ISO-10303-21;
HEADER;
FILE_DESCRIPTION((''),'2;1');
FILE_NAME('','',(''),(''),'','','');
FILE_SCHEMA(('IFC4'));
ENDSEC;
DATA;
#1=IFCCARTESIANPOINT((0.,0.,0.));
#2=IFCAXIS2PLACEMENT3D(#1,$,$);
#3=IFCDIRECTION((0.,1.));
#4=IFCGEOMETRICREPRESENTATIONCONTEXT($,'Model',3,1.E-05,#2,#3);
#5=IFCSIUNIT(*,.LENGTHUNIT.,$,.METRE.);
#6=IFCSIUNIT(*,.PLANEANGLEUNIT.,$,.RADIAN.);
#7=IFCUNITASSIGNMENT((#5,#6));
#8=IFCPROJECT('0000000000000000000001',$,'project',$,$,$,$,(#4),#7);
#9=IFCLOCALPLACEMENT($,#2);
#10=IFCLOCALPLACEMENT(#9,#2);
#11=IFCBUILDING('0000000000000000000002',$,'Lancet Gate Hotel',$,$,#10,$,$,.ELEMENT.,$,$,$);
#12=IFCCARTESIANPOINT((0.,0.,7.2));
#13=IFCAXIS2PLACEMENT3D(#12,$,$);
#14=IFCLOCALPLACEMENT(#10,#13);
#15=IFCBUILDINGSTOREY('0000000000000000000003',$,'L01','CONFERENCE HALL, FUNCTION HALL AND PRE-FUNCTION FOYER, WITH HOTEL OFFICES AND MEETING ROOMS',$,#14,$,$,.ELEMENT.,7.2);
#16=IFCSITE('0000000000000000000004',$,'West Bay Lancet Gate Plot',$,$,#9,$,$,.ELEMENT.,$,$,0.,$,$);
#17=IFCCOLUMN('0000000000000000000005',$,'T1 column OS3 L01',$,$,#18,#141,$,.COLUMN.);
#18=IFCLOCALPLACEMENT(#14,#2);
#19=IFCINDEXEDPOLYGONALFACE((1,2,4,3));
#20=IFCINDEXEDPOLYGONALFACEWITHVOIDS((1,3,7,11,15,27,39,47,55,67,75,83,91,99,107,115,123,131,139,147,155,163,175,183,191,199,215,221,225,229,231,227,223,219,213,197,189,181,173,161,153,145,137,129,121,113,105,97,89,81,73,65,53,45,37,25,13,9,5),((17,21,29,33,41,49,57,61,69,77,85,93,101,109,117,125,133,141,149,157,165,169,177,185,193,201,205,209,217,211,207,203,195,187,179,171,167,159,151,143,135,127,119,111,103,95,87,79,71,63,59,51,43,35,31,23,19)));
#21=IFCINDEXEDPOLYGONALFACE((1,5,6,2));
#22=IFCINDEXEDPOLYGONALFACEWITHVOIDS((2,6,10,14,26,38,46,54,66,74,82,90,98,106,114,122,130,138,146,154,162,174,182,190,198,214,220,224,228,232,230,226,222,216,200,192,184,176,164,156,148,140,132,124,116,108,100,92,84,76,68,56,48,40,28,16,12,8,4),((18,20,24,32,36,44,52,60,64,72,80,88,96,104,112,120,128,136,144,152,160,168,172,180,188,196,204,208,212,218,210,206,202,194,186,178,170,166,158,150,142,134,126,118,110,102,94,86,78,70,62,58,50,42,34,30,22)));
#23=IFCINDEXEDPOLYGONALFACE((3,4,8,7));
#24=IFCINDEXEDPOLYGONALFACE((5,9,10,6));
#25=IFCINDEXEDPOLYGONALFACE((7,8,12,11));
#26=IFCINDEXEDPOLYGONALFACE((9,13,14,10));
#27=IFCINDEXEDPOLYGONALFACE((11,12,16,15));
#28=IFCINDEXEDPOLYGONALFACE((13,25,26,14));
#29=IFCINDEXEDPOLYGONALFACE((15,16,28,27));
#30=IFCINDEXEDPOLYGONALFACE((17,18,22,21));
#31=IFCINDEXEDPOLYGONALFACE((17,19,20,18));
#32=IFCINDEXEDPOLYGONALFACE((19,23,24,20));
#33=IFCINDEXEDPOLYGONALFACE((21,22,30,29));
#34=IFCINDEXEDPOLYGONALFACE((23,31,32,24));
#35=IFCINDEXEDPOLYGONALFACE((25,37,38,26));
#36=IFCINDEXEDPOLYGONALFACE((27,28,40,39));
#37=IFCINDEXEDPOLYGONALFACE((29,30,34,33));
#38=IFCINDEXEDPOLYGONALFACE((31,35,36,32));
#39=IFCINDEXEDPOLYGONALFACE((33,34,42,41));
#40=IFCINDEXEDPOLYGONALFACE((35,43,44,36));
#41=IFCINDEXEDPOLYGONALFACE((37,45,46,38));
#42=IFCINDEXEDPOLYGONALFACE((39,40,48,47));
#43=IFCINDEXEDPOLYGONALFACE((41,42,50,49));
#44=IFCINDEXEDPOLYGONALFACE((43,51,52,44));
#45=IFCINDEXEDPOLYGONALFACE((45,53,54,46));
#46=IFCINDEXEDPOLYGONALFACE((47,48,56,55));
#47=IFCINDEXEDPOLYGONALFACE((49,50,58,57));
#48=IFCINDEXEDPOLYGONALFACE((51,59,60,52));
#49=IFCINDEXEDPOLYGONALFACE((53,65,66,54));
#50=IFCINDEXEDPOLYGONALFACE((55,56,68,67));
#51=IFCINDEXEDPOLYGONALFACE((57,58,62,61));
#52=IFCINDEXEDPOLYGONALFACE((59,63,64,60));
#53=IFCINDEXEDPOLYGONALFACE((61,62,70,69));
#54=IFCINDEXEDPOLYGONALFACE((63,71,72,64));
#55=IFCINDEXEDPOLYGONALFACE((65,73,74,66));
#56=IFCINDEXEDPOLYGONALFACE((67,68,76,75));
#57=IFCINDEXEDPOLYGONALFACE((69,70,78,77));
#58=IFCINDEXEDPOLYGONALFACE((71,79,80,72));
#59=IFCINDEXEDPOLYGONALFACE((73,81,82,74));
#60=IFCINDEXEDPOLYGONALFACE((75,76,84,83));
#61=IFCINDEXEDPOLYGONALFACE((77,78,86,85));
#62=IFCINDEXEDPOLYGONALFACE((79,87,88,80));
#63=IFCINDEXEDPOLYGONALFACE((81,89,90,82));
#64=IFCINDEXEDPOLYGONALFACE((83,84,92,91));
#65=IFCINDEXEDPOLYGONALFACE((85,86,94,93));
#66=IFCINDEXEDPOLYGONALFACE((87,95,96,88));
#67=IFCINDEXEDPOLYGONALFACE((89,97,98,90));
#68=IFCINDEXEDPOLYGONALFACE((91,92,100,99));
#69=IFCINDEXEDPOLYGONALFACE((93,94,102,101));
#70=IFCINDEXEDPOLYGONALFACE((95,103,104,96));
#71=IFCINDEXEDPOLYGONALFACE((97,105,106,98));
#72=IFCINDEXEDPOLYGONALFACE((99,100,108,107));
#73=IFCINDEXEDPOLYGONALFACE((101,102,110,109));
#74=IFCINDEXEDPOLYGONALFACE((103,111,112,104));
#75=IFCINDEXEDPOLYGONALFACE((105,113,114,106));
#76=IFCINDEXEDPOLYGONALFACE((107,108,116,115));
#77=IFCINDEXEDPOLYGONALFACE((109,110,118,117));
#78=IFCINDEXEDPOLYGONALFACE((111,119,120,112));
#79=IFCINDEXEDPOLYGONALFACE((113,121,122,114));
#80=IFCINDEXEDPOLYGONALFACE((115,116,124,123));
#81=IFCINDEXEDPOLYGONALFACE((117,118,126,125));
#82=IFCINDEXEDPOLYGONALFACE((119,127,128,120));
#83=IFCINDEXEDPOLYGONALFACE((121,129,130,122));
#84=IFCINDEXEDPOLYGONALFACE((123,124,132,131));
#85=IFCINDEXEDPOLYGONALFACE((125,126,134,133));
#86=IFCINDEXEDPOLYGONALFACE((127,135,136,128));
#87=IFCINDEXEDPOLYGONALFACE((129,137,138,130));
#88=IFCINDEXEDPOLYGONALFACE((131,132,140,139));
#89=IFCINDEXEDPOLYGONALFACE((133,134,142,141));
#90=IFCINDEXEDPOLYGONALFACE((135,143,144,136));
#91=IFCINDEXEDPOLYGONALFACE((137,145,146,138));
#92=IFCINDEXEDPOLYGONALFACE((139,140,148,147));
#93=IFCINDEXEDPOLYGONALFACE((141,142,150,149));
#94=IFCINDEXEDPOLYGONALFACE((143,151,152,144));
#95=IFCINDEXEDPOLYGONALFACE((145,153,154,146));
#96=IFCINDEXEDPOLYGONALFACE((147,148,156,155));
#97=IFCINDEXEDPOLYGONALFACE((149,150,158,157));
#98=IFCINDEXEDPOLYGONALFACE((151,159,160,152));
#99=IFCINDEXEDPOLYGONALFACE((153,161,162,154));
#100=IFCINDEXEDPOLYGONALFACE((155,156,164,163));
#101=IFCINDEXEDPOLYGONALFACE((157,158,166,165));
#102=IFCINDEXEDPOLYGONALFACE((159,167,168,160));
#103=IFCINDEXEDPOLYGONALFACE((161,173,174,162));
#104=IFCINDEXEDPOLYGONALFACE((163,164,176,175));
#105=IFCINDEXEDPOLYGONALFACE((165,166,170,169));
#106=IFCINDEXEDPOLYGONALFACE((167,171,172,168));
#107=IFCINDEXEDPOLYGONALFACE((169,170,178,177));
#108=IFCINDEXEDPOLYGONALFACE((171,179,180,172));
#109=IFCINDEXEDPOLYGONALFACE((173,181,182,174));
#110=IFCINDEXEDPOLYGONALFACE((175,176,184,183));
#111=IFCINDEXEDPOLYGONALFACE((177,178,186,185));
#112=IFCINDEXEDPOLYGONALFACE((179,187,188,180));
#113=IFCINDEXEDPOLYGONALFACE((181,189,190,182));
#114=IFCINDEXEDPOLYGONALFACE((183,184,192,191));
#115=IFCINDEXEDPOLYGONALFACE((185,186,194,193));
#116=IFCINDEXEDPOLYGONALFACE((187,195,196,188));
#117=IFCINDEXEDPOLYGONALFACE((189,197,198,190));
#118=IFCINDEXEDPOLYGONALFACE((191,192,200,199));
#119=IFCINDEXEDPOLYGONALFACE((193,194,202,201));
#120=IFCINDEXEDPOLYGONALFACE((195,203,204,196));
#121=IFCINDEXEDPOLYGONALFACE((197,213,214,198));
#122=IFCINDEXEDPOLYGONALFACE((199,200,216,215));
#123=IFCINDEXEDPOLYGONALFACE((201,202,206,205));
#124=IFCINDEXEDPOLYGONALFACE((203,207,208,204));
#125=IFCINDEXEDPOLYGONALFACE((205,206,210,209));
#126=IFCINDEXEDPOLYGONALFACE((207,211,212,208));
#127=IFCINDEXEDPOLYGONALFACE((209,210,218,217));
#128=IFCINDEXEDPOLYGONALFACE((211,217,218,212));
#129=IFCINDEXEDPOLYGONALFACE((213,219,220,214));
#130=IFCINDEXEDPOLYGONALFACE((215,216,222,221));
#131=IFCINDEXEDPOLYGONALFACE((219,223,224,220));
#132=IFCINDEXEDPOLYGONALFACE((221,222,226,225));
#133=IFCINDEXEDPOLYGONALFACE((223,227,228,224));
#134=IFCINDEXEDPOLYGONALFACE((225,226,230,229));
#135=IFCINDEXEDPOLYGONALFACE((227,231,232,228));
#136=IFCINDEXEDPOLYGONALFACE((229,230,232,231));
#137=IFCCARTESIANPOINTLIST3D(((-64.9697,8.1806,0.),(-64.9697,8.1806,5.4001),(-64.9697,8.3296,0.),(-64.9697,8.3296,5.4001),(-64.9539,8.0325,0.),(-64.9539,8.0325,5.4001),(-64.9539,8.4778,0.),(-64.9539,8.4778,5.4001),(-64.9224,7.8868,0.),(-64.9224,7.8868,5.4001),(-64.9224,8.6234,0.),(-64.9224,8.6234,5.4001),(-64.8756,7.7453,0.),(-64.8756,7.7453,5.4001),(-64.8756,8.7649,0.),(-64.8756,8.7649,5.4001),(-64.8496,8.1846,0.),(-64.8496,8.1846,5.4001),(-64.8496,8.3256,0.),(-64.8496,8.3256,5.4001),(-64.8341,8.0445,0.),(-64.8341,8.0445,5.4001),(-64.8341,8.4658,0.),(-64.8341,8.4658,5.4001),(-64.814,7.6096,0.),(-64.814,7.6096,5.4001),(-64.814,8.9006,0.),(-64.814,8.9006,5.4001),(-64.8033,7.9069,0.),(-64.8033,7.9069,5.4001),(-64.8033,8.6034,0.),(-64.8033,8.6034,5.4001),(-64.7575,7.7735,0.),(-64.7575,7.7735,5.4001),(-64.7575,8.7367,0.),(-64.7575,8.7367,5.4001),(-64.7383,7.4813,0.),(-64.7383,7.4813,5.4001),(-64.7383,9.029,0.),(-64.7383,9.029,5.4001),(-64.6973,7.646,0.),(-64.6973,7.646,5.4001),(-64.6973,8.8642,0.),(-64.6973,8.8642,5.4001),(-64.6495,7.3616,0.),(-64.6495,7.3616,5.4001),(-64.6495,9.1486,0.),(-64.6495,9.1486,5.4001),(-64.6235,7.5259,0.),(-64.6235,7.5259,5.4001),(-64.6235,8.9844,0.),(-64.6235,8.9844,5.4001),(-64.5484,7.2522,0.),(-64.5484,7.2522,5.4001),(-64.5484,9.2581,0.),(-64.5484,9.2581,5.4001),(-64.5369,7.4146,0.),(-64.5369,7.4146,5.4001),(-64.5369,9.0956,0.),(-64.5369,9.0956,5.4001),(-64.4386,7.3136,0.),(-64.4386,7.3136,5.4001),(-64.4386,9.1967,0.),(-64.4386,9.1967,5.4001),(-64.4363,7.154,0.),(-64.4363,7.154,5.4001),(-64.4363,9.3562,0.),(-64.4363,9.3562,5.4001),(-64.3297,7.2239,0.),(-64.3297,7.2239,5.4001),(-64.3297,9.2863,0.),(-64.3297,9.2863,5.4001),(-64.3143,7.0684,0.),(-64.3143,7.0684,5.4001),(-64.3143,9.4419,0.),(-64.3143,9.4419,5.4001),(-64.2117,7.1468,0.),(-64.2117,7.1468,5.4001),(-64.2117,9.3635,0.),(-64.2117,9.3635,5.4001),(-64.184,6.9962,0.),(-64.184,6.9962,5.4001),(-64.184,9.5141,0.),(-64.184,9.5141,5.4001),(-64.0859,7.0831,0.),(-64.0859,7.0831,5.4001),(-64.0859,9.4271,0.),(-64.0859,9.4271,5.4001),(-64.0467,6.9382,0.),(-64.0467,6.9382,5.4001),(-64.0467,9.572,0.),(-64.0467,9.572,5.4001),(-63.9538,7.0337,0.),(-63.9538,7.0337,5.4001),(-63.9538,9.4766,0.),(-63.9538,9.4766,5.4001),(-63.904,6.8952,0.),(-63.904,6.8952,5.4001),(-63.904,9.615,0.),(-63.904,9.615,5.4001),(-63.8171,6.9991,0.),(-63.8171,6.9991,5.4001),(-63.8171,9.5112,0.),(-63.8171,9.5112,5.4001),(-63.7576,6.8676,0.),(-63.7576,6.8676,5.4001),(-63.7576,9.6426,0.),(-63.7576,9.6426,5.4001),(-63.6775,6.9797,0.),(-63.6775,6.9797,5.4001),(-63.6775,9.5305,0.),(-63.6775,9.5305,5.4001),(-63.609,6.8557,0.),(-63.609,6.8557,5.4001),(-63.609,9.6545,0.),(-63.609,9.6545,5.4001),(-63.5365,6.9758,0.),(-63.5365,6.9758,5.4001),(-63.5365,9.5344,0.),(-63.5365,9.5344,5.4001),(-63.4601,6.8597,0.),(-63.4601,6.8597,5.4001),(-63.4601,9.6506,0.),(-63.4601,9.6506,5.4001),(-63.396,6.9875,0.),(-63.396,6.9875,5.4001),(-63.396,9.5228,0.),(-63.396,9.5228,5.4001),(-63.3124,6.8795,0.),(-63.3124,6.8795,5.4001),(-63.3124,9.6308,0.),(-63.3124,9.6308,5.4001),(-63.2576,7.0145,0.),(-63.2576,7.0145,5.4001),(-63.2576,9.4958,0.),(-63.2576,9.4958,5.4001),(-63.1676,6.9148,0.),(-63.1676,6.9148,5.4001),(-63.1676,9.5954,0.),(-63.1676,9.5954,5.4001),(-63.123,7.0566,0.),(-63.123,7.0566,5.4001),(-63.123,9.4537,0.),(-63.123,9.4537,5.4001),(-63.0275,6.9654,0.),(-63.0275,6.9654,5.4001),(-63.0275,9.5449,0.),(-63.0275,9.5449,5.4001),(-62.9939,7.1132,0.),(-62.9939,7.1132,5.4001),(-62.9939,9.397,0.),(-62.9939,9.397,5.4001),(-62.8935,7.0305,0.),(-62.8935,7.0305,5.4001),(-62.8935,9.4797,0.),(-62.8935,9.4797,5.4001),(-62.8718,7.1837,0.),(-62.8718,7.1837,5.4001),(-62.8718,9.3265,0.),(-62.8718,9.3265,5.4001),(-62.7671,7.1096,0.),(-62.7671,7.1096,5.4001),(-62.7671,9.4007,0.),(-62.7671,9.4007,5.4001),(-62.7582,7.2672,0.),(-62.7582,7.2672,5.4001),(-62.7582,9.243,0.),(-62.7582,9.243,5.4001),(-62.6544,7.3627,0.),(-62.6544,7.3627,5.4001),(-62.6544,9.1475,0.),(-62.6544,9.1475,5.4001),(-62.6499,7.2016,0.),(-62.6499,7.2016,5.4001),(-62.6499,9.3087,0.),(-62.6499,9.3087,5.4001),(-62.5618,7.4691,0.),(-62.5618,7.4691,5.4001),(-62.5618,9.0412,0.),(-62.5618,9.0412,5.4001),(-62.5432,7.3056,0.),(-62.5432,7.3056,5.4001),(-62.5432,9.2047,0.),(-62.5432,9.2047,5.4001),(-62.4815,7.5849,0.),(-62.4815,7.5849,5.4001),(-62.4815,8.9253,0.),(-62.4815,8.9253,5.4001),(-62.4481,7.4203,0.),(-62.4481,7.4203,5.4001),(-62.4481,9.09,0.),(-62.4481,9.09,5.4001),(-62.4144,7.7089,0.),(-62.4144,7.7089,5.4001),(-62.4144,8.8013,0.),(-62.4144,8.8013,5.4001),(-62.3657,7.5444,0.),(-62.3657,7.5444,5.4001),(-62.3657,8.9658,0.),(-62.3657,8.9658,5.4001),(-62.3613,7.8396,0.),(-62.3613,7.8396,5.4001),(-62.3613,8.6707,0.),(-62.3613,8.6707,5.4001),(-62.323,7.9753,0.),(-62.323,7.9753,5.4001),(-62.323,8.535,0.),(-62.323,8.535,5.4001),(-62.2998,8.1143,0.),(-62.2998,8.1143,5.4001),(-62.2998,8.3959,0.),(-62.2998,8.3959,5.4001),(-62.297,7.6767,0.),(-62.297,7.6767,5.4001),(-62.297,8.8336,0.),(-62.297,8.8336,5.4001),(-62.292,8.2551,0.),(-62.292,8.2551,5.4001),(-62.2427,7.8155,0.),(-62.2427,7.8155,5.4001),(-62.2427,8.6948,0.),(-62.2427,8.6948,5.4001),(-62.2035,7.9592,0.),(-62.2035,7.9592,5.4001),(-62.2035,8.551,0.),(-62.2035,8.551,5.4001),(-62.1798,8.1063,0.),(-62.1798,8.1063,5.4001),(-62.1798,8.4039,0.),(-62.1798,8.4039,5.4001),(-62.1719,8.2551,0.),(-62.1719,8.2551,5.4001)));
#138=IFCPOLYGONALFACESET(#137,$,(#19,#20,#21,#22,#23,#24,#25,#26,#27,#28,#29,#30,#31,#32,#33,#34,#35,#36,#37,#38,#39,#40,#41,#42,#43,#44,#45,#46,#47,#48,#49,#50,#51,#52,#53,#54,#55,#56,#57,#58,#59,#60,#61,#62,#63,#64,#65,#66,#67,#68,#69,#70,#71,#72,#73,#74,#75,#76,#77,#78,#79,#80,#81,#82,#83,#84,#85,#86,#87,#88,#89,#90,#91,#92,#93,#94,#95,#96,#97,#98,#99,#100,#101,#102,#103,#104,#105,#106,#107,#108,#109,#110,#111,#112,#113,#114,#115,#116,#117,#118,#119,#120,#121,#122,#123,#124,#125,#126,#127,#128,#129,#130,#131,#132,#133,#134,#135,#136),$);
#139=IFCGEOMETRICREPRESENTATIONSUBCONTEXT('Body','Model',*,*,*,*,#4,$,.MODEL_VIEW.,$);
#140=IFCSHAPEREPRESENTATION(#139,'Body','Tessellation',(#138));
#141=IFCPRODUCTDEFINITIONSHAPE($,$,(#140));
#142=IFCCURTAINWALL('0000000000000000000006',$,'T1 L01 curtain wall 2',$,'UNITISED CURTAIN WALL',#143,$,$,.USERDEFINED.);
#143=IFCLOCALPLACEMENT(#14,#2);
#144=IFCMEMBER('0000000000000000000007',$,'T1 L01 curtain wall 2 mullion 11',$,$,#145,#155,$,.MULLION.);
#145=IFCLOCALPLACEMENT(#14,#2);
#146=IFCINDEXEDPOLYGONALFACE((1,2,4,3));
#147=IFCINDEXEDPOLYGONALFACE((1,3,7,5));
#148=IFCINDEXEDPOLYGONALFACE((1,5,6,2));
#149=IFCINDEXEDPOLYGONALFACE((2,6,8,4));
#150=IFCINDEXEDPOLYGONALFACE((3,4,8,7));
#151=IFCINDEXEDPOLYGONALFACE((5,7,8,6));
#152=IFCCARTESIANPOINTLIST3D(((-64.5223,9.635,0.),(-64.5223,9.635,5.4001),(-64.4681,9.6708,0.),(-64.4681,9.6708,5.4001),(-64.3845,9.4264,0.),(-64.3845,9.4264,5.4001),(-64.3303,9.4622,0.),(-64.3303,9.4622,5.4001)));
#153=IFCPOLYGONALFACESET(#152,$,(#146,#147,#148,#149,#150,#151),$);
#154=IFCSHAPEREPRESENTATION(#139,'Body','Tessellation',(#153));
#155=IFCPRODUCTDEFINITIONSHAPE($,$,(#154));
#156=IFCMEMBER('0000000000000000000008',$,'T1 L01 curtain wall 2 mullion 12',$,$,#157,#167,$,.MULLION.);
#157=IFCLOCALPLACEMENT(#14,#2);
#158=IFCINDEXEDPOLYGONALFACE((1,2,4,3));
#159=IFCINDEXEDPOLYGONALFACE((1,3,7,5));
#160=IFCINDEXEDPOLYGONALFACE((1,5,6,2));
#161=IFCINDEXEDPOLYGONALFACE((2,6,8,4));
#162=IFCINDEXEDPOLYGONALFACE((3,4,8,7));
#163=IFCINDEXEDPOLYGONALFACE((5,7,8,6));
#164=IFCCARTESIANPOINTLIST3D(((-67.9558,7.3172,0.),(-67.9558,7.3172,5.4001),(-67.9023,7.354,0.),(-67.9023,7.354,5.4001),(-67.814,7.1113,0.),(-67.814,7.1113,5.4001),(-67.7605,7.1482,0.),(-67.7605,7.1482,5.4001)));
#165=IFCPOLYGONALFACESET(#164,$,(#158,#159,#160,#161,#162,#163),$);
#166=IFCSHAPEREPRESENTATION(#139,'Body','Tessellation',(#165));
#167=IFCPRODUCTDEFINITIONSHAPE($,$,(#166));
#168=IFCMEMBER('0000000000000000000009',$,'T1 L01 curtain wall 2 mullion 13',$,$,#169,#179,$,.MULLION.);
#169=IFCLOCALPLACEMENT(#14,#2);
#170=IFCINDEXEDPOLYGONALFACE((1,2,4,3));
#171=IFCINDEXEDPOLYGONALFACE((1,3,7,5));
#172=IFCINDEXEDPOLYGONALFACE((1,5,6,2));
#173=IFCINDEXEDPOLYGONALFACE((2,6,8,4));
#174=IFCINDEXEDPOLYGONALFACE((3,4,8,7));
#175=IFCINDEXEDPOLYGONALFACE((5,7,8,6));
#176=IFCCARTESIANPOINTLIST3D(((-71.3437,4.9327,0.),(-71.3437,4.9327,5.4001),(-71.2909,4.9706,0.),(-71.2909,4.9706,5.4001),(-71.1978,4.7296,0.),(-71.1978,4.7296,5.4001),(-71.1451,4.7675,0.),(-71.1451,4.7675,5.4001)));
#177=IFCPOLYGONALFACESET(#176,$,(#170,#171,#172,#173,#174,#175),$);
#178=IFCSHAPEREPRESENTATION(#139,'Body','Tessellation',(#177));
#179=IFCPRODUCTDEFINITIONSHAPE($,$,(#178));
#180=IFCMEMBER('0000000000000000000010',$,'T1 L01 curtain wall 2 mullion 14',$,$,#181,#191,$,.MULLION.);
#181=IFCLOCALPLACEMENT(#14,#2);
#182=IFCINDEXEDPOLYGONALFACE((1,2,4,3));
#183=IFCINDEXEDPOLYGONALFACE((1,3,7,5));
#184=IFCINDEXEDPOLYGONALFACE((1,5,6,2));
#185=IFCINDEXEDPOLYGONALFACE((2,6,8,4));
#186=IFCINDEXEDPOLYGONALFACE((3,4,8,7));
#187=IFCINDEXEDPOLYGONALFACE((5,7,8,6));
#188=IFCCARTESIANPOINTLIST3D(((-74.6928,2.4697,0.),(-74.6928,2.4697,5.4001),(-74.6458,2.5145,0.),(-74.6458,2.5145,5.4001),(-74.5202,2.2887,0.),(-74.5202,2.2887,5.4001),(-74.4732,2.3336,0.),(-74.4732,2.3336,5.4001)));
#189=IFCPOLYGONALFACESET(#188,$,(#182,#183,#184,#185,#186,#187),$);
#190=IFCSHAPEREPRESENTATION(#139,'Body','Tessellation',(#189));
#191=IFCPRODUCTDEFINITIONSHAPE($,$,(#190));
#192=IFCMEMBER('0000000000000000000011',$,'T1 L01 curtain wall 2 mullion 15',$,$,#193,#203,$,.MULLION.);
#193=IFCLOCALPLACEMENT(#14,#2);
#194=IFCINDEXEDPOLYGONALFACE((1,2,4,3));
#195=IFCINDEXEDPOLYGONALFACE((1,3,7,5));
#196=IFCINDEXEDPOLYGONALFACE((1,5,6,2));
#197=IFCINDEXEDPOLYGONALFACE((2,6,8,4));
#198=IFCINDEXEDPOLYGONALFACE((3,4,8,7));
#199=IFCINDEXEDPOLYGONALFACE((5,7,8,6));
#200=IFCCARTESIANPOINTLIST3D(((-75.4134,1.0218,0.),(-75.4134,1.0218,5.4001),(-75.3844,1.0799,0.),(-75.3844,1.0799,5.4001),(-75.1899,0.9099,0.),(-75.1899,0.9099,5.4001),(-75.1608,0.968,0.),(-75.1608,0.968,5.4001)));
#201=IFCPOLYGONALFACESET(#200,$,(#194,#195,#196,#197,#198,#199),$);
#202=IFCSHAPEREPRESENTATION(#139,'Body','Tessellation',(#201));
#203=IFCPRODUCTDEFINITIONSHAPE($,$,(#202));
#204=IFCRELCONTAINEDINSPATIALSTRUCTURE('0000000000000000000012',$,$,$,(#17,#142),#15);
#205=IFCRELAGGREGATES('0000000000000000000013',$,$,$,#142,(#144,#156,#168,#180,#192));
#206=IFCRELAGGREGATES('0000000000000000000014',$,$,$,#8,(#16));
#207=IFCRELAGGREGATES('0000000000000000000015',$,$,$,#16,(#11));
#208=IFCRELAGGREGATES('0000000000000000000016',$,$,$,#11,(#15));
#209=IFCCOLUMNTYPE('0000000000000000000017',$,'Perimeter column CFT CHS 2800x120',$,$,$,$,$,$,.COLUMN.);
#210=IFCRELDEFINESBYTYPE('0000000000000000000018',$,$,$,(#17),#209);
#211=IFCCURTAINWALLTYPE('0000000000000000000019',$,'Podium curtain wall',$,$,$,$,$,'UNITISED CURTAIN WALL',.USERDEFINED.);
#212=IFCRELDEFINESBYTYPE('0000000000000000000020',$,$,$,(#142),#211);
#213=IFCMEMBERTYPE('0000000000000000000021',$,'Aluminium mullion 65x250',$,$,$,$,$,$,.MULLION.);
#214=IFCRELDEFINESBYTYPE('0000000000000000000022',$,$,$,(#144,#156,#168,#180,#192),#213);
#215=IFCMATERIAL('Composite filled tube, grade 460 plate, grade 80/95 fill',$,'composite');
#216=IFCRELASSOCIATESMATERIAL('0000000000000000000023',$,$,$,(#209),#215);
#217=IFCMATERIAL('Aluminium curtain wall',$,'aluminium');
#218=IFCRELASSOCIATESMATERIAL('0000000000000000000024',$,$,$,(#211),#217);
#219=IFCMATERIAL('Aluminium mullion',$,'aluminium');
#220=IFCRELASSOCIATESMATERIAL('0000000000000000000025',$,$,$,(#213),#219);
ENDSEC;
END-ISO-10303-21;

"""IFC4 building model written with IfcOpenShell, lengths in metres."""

from ifc_helpers import new_model, si_unit, direction, frame, origin, origin_2d, place, context, subcontext, project, spatial, rectangle, hollow_circle, extrude, material, material_profile, profile_set, type_object, element, aggregate, save


model = new_model("IFC4")

# Units and contexts
model_context = context("Model", 3, precision=1e-05, world=origin(), true_north=direction((0.0, 1.0)))
body_context = subcontext(model_context, "Body", "Model", "MODEL_VIEW")
ifc_project = project(units=[si_unit("LENGTHUNIT", "METRE"), si_unit("PLANEANGLEUNIT", "RADIAN")], contexts=[model_context])

# Site, building, storey
site_placement = place(None, origin())
site = spatial("IfcSite", under=ifc_project, at=site_placement, Name="West Bay Lancet Gate Plot", CompositionType="ELEMENT", RefElevation=0.0)
building_placement = place(site_placement, origin())
building = spatial("IfcBuilding", under=site, at=building_placement, Name="Lancet Gate Hotel", CompositionType="ELEMENT")
storey_placement = place(building_placement, frame((0.0, 0.0, 7.2)))
storey = spatial("IfcBuildingStorey", under=building, at=storey_placement, Name="L01", Description="CONFERENCE HALL, FUNCTION HALL AND PRE-FUNCTION FOYER, WITH HOTEL OFFICES AND MEETING ROOMS", CompositionType="ELEMENT", Elevation=7.2)

# Column
ifc_material_1 = material(Name="Composite filled tube, grade 460 plate, grade 80/95 fill", Category="composite")
ifc_material_profile_1 = material_profile(ifc_material_1, hollow_circle(Radius=1.3999, WallThickness=0.1201, at=origin_2d()), Name="CHS 2800x120")
ifc_profile_set_1 = profile_set([ifc_material_profile_1], Name="Composite filled tube, grade 460 plate, grade 80/95 fill")
column_type = type_object("IfcColumnType", Name="Perimeter column CFT CHS 2800x120", PredefinedType="COLUMN", material=ifc_profile_set_1)
column_placement = place(storey_placement, frame((-63.5718, 8.2551, 0.0), z_axis=(0.0, 0.0, 1.0), x_axis=(1.0, 0.0, 0.0)))
element("IfcColumn", 1, at=column_placement, inside=storey, type_object=column_type, Name="T1 column OS3 L01", PredefinedType="COLUMN", context=body_context, shape_type="SweptSolid", body=[
    extrude(hollow_circle(Radius=1.3999, WallThickness=0.1201, at=origin_2d()), origin(), (0.0, 0.0, 1.0), 5.4001),
])

# Curtain wall, members
ifc_material_2 = material(Name="Aluminium curtain wall", Category="aluminium")
curtain_wall_type = type_object("IfcCurtainWallType", Name="Podium curtain wall", ElementType="UNITISED CURTAIN WALL", PredefinedType="USERDEFINED", material=ifc_material_2)
curtain_wall_placement = place(storey_placement, origin())
curtain_wall = element("IfcCurtainWall", 2, at=curtain_wall_placement, inside=storey, type_object=curtain_wall_type, Name="T1 L01 curtain wall 2", ObjectType="UNITISED CURTAIN WALL", PredefinedType="USERDEFINED")
ifc_material_3 = material(Name="Aluminium mullion", Category="aluminium")
ifc_material_profile_2 = material_profile(ifc_material_3, rectangle(XDim=0.0649, YDim=0.25, at=origin_2d()), Name="MULLION 65x250")
ifc_profile_set_2 = profile_set([ifc_material_profile_2], Name="Aluminium mullion")
member_type_1 = type_object("IfcMemberType", Name="Aluminium mullion 65x250", PredefinedType="MULLION", material=ifc_profile_set_2)
member_1_placement = place(storey_placement, frame((-64.4263, 9.5486, 0.0), z_axis=(0.0, 0.0, 1.0), x_axis=(-0.834387, -0.551178, 0.0)))
member_1 = element("IfcMember", 3, at=member_1_placement, type_object=member_type_1, Name="T1 L01 curtain wall 2 mullion 11", PredefinedType="MULLION", context=body_context, shape_type="SweptSolid", body=[
    extrude(rectangle(XDim=0.0649, YDim=0.25, at=origin_2d()), origin(), (0.0, 0.0, 1.0), 5.4001),
])
member_2_placement = place(storey_placement, frame((-67.8582, 7.2327, 0.0), z_axis=(0.0, 0.0, 1.0), x_axis=(-0.823425, -0.567425, 0.0)))
member_2 = element("IfcMember", 4, at=member_2_placement, type_object=member_type_1, Name="T1 L01 curtain wall 2 mullion 12", PredefinedType="MULLION", context=body_context, shape_type="SweptSolid", body=[
    extrude(rectangle(XDim=0.0649, YDim=0.25, at=origin_2d()), origin(), (0.0, 0.0, 1.0), 5.4001),
])
member_3_placement = place(storey_placement, frame((-71.2444, 4.8501, 0.0), z_axis=(0.0, 0.0, 1.0), x_axis=(-0.812147, -0.583453, 0.0)))
member_3 = element("IfcMember", 5, at=member_3_placement, type_object=member_type_1, Name="T1 L01 curtain wall 2 mullion 13", PredefinedType="MULLION", context=body_context, shape_type="SweptSolid", body=[
    extrude(rectangle(XDim=0.0649, YDim=0.25, at=origin_2d()), origin(), (0.0, 0.0, 1.0), 5.4001),
])
member_4_placement = place(storey_placement, frame((-74.583, 2.4016, 0.0), z_axis=(0.0, 0.0, 1.0), x_axis=(-0.723696, -0.690119, 0.0)))
member_4 = element("IfcMember", 6, at=member_4_placement, type_object=member_type_1, Name="T1 L01 curtain wall 2 mullion 14", PredefinedType="MULLION", context=body_context, shape_type="SweptSolid", body=[
    extrude(rectangle(XDim=0.0649, YDim=0.25, at=origin_2d()), origin(), (0.0, 0.0, 1.0), 5.4001),
])
member_5_placement = place(storey_placement, frame((-75.2871, 0.9949, 0.0), z_axis=(0.0, 0.0, 1.0), x_axis=(-0.447628, -0.89422, 0.0)))
member_5 = element("IfcMember", 7, at=member_5_placement, type_object=member_type_1, Name="T1 L01 curtain wall 2 mullion 15", PredefinedType="MULLION", context=body_context, shape_type="SweptSolid", body=[
    extrude(rectangle(XDim=0.0649, YDim=0.25, at=origin_2d()), origin(), (0.0, 0.0, 1.0), 5.4001),
])

aggregate(curtain_wall, [member_1, member_2, member_3, member_4, member_5])

save(model, "model.ifc")
